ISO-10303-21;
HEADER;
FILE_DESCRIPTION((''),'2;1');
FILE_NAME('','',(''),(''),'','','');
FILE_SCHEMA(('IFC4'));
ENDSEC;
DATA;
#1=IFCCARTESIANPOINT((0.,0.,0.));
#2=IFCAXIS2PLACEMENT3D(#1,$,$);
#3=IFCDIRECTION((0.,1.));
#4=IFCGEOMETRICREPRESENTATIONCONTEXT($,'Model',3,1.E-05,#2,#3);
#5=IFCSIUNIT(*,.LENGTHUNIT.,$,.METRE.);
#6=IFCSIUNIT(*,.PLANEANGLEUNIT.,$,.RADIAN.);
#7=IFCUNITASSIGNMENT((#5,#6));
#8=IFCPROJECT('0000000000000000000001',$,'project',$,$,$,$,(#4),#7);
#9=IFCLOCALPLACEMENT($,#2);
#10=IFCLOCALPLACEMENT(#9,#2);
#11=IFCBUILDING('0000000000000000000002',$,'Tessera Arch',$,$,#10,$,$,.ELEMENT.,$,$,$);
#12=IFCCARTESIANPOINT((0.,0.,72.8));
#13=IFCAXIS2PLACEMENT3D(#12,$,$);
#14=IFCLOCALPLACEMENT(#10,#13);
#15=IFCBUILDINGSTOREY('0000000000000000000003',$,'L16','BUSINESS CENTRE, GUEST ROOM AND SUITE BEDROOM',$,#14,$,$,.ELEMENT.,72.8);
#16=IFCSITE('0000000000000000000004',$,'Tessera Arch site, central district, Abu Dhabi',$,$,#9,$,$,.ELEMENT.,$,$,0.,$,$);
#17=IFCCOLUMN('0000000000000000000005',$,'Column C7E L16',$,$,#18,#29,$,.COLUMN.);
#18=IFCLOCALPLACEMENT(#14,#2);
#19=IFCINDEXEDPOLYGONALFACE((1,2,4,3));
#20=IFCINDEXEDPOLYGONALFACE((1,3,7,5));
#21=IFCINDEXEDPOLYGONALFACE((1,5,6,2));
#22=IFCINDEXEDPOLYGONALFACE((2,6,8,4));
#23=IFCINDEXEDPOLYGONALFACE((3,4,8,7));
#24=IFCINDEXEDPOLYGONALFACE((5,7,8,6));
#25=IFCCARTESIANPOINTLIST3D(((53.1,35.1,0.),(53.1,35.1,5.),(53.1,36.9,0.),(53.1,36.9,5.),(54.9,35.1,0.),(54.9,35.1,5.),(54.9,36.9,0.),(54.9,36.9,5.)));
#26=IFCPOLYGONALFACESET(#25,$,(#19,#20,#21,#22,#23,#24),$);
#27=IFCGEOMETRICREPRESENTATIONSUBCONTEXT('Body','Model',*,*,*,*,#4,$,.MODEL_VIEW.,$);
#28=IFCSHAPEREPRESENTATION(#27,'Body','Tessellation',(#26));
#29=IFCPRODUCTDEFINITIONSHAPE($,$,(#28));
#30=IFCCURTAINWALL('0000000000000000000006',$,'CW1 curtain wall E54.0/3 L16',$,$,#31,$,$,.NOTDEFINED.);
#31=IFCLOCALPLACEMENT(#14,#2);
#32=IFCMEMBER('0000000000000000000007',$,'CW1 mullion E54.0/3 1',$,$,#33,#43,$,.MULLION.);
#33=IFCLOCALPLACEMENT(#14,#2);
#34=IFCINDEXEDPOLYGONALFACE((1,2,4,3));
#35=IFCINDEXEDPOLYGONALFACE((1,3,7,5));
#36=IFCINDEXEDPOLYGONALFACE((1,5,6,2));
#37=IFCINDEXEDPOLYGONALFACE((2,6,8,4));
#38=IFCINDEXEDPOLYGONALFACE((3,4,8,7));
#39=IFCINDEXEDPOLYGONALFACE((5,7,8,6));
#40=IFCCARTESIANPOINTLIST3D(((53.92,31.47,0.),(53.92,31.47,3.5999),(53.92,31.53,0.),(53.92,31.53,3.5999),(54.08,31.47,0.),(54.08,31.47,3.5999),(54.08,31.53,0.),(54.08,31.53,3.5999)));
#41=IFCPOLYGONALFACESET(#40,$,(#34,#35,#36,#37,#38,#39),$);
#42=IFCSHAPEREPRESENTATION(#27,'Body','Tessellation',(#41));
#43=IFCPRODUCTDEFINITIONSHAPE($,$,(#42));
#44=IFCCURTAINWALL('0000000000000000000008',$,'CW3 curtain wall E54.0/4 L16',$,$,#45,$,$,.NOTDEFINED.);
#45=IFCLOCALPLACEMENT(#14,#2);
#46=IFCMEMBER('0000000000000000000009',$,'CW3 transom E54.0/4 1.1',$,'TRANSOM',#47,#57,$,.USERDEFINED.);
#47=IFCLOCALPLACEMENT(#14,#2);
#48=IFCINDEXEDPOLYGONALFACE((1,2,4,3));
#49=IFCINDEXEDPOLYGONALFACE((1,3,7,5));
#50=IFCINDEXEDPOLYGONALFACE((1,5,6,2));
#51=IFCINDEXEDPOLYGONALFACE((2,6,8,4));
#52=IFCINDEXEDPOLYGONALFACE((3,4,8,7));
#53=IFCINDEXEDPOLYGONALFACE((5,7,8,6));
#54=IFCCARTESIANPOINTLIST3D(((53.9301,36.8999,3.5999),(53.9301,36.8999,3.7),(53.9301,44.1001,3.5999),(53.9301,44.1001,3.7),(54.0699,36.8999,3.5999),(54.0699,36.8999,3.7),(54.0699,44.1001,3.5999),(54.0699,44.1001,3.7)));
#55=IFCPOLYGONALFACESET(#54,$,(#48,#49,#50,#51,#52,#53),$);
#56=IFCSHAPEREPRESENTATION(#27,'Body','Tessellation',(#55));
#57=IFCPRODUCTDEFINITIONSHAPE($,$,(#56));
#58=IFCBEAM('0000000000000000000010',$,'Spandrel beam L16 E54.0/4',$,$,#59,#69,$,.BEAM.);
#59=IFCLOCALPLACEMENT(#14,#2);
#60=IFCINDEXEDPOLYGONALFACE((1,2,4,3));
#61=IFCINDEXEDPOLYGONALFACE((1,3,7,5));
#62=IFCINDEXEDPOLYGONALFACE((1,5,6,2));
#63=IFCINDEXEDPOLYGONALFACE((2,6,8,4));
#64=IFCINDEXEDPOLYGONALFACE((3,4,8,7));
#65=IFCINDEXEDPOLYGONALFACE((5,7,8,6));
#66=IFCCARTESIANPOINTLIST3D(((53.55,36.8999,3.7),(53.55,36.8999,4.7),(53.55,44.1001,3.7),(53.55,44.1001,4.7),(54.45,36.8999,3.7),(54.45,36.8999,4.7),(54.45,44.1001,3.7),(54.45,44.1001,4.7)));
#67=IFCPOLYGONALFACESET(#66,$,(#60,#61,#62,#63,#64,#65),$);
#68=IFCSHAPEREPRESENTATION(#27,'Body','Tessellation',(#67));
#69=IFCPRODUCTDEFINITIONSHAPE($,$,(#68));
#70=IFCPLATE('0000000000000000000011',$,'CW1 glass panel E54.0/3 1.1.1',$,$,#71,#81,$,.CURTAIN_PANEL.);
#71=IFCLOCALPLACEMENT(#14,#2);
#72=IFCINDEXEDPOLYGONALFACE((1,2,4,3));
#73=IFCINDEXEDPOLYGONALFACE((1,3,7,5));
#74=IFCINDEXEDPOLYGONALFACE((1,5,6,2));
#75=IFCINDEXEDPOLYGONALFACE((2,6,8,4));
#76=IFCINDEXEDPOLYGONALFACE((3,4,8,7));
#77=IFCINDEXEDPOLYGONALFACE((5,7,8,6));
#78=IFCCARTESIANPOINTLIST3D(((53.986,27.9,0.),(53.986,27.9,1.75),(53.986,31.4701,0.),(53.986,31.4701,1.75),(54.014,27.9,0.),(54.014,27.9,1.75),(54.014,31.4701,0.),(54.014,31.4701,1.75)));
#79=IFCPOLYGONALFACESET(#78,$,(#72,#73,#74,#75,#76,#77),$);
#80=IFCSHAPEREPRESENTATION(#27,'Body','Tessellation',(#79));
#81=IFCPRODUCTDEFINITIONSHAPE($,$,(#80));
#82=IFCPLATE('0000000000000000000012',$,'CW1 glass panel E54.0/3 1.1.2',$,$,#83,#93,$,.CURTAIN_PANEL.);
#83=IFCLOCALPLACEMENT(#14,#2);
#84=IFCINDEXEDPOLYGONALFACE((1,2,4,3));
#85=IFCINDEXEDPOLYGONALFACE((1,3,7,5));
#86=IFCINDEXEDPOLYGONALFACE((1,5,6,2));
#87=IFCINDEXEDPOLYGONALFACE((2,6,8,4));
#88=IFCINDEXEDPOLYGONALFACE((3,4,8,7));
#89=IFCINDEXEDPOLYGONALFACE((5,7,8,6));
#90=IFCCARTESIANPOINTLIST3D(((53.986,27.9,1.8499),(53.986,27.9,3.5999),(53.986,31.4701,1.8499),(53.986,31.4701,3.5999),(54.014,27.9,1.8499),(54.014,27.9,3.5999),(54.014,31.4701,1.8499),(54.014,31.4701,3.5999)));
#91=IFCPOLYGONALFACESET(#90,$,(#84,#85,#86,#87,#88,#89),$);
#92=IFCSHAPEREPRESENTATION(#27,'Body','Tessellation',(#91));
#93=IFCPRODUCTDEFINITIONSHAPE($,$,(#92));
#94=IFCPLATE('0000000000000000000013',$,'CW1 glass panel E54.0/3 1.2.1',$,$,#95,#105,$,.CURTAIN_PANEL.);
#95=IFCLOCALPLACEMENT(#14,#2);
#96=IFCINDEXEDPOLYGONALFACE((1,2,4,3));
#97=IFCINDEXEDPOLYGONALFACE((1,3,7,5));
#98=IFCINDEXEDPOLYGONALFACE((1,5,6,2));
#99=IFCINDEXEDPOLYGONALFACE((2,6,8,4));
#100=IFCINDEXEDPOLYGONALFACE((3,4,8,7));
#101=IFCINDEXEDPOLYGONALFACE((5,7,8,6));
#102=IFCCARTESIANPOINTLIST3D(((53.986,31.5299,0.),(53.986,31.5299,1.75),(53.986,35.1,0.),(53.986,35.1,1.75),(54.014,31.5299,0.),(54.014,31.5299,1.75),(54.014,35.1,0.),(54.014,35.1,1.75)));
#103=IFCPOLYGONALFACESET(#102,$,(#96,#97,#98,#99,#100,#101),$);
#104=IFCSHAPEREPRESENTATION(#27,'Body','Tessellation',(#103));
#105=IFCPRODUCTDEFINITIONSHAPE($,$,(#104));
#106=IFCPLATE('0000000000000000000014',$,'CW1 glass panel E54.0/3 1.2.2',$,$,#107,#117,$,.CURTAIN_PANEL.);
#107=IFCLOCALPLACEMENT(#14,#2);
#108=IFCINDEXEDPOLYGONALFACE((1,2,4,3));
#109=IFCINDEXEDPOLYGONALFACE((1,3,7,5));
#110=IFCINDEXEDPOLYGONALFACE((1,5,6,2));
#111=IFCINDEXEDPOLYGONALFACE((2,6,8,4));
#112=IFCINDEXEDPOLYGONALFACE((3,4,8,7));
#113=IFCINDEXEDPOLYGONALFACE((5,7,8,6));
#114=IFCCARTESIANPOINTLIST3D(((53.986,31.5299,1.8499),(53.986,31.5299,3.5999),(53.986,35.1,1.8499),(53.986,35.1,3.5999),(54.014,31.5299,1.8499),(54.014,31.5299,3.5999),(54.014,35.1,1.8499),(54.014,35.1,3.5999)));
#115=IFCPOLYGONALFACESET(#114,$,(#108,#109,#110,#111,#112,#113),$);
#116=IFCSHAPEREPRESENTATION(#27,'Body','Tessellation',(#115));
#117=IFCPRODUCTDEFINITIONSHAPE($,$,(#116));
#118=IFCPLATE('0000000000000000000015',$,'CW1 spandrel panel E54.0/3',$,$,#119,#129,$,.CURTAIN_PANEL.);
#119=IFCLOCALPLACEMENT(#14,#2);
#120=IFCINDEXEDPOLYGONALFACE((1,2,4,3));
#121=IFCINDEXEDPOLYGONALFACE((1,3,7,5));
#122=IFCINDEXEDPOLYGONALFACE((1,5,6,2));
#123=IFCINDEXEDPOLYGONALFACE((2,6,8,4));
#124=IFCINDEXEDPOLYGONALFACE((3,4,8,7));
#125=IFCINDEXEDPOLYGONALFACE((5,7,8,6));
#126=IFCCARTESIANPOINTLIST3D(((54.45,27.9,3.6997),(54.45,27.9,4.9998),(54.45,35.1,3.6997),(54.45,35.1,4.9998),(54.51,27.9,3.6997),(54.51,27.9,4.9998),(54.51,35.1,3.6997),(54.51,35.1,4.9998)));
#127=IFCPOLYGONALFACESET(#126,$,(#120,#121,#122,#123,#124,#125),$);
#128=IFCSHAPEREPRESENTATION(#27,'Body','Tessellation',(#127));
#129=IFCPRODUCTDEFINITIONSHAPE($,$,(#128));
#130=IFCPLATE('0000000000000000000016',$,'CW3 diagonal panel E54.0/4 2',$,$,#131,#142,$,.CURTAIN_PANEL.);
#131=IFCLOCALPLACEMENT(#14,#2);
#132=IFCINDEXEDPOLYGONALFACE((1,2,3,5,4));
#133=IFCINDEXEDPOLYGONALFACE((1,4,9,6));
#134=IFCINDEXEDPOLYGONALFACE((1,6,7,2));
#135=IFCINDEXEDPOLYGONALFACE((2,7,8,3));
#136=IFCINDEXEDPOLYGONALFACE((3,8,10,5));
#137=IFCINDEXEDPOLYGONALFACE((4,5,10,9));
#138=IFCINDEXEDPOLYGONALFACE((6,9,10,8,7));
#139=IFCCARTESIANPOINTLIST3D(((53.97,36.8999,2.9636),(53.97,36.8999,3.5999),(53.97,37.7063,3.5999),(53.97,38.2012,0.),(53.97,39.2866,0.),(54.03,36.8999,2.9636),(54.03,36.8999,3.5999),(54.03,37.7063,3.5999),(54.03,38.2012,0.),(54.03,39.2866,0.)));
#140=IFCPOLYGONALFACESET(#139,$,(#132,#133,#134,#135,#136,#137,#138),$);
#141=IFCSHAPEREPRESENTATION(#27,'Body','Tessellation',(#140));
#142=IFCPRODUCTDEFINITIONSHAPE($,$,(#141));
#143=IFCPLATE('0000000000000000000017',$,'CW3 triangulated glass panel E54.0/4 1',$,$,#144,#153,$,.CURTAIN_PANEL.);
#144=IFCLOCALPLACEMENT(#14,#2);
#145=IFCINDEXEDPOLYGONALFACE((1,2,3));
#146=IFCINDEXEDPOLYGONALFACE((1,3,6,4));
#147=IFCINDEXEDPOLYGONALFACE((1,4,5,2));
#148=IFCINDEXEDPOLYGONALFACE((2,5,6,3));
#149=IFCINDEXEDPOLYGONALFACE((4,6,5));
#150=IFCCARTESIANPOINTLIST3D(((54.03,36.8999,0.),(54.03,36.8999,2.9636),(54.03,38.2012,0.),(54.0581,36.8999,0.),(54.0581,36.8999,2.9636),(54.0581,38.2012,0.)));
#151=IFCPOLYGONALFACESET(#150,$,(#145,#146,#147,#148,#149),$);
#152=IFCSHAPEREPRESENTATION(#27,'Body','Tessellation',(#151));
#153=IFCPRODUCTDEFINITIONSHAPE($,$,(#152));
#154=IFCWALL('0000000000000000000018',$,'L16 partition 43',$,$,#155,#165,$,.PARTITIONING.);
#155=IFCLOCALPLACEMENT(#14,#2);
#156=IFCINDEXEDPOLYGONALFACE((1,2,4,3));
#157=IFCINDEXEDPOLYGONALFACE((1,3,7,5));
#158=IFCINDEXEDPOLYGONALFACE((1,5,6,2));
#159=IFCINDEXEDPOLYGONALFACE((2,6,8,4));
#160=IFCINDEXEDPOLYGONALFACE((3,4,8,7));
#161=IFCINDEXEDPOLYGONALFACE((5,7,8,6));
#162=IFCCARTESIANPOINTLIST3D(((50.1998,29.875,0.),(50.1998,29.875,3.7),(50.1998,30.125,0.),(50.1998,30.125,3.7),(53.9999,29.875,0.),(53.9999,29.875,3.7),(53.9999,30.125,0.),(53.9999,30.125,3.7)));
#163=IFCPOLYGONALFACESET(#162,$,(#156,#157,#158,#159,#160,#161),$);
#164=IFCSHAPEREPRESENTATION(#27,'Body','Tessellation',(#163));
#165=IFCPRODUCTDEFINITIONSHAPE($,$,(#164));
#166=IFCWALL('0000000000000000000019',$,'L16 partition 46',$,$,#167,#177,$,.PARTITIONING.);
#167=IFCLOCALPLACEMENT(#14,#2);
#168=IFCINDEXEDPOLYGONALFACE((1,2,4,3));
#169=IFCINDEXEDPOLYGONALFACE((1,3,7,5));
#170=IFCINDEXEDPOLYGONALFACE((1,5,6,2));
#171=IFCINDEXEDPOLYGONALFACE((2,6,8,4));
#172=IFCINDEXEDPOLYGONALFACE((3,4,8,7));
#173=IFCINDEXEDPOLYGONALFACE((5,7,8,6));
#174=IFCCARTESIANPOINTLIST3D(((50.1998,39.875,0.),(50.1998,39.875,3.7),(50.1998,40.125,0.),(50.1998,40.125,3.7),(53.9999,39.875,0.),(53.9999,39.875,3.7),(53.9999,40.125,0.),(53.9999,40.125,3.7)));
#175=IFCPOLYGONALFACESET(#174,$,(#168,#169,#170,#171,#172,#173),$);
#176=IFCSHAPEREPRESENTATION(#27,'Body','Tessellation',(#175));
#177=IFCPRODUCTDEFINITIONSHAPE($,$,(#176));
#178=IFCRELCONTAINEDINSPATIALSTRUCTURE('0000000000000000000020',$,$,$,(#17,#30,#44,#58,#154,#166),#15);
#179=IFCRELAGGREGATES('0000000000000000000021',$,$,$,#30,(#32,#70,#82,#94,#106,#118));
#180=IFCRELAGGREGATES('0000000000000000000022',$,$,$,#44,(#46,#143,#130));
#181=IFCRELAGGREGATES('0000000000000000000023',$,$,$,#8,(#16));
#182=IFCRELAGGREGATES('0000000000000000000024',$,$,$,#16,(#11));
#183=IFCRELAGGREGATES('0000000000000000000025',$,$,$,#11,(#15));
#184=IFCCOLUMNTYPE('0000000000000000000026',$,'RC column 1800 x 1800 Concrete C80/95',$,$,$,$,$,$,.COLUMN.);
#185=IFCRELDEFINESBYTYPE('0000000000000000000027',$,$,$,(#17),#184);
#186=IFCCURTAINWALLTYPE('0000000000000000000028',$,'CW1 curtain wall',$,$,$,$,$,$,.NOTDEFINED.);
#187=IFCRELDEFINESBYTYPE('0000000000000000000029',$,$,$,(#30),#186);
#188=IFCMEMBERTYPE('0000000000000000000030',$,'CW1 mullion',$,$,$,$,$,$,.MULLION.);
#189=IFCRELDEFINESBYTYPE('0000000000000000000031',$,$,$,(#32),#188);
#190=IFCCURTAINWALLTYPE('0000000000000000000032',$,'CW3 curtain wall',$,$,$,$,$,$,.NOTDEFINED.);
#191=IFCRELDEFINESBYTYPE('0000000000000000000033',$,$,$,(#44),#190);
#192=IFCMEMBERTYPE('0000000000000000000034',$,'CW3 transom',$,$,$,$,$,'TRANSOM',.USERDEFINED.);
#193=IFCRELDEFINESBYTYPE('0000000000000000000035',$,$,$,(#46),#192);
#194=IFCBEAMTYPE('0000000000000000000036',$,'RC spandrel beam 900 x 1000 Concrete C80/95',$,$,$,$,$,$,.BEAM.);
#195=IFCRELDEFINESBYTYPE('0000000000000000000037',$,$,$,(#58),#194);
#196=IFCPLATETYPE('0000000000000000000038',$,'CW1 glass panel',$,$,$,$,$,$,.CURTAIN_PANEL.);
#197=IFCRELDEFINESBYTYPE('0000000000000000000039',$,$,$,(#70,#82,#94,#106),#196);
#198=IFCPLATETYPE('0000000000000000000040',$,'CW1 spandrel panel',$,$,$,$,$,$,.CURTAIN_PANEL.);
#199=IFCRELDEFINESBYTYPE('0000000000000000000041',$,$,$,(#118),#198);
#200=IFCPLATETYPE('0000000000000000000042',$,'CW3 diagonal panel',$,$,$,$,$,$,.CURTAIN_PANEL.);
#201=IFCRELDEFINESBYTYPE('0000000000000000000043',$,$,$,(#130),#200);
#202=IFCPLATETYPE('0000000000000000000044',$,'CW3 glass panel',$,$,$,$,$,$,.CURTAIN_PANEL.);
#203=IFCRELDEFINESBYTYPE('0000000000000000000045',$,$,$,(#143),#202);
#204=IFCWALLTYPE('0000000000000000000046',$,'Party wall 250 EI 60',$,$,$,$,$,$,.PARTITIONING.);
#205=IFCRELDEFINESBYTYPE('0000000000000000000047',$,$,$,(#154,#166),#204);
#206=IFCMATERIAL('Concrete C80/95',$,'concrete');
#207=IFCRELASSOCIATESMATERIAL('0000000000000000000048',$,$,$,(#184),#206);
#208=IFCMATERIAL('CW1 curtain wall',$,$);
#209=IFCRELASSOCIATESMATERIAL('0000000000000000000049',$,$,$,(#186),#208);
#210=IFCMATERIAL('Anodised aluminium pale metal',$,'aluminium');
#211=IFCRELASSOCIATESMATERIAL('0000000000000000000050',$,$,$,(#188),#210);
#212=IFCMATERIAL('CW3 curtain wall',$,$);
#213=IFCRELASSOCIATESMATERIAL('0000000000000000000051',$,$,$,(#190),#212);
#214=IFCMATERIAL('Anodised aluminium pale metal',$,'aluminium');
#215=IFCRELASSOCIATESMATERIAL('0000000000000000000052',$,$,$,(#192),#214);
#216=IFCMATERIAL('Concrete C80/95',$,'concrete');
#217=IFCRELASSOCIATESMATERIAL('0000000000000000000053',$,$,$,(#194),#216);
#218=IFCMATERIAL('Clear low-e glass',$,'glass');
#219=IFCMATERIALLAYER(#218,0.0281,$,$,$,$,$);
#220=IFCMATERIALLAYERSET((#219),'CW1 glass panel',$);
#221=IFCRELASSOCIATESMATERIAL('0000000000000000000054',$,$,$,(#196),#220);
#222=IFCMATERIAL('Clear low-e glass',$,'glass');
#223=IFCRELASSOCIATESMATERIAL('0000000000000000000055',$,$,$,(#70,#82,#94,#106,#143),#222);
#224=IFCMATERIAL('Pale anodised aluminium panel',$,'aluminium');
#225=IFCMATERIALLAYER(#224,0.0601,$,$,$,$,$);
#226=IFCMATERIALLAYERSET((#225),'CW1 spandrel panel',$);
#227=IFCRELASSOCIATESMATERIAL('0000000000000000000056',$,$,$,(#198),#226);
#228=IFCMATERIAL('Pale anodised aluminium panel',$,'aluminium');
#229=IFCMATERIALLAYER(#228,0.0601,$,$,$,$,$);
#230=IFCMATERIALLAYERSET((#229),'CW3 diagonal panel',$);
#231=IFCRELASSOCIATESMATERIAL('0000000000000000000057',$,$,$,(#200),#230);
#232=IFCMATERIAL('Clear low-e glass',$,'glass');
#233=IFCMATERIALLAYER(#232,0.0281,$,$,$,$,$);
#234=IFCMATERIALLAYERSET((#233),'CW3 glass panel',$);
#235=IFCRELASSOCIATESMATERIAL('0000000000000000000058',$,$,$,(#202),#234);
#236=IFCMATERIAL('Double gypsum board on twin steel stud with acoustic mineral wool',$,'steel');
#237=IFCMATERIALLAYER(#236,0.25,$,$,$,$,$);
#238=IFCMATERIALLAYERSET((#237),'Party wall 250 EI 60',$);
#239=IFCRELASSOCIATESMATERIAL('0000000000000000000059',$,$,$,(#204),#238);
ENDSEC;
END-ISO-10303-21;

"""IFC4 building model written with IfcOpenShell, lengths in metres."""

from ifc_helpers import new_model, si_unit, direction, frame, frame_2d, origin, origin_2d, place, context, subcontext, project, spatial, polyline, rectangle, outline, extrude, material, layer, layer_set, material_profile, profile_set, type_object, element, aggregate, save


model = new_model("IFC4")

# Units and contexts
model_context = context("Model", 3, precision=1e-05, world=origin(), true_north=direction((0.0, 1.0)))
body_context = subcontext(model_context, "Body", "Model", "MODEL_VIEW")
ifc_project = project(units=[si_unit("LENGTHUNIT", "METRE"), si_unit("PLANEANGLEUNIT", "RADIAN")], contexts=[model_context])

# Site, building, storey
site_placement = place(None, origin())
site = spatial("IfcSite", under=ifc_project, at=site_placement, Name="Tessera Arch site, central district, Abu Dhabi", CompositionType="ELEMENT", RefElevation=0.0)
building_placement = place(site_placement, origin())
building = spatial("IfcBuilding", under=site, at=building_placement, Name="Tessera Arch", CompositionType="ELEMENT")
storey_placement = place(building_placement, frame((0.0, 0.0, 72.8)))
storey = spatial("IfcBuildingStorey", under=building, at=storey_placement, Name="L16", Description="BUSINESS CENTRE, GUEST ROOM AND SUITE BEDROOM", CompositionType="ELEMENT", Elevation=72.8)

# Column
ifc_material_1 = material(Name="Concrete C80/95", Category="concrete")
ifc_material_profile_1 = material_profile(ifc_material_1, rectangle(XDim=1.8, YDim=1.8, at=origin_2d()), Name="RC column 1800 x 1800 Concrete C80/95")
ifc_profile_set_1 = profile_set([ifc_material_profile_1], Name="Concrete C80/95")
column_type = type_object("IfcColumnType", Name="RC column 1800 x 1800 Concrete C80/95", PredefinedType="COLUMN", material=ifc_profile_set_1)
column_placement = place(storey_placement, frame((54.0, 36.0, 0.0), z_axis=(0.0, 0.0, 1.0), x_axis=(1.0, 0.0, 0.0)))
element("IfcColumn", 1, at=column_placement, inside=storey, type_object=column_type, Name="Column C7E L16", PredefinedType="COLUMN", context=body_context, shape_type="SweptSolid", body=[
    extrude(rectangle(XDim=1.8, YDim=1.8, at=origin_2d()), origin(), (0.0, 0.0, 1.0), 5.0),
])

# Curtain walls, members
ifc_material_2 = material(Name="CW1 curtain wall")
curtain_wall_type_1 = type_object("IfcCurtainWallType", Name="CW1 curtain wall", PredefinedType="NOTDEFINED", material=ifc_material_2)
curtain_wall_1_placement = place(storey_placement, origin())
curtain_wall_1 = element("IfcCurtainWall", 2, at=curtain_wall_1_placement, inside=storey, type_object=curtain_wall_type_1, Name="CW1 curtain wall E54.0/3 L16", PredefinedType="NOTDEFINED")
ifc_material_3 = material(Name="Anodised aluminium pale metal", Category="aluminium")
ifc_material_profile_2 = material_profile(ifc_material_3, rectangle(XDim=0.1599, YDim=0.0601, at=origin_2d()), Name="AL 60x160")
ifc_profile_set_2 = profile_set([ifc_material_profile_2], Name="Anodised aluminium pale metal")
member_type_1 = type_object("IfcMemberType", Name="CW1 mullion", PredefinedType="MULLION", material=ifc_profile_set_2)
member_1_placement = place(storey_placement, frame((54.0, 31.5, 0.0), z_axis=(0.0, 0.0, 1.0), x_axis=(-1.0, 0.0, 0.0)))
member_1 = element("IfcMember", 3, at=member_1_placement, type_object=member_type_1, Name="CW1 mullion E54.0/3 1", PredefinedType="MULLION", context=body_context, shape_type="SweptSolid", body=[
    extrude(rectangle(XDim=0.1599, YDim=0.0601, at=origin_2d()), origin(), (0.0, 0.0, 1.0), 3.5999),
])
ifc_material_4 = material(Name="CW3 curtain wall")
curtain_wall_type_2 = type_object("IfcCurtainWallType", Name="CW3 curtain wall", PredefinedType="NOTDEFINED", material=ifc_material_4)
curtain_wall_2_placement = place(storey_placement, origin())
curtain_wall_2 = element("IfcCurtainWall", 4, at=curtain_wall_2_placement, inside=storey, type_object=curtain_wall_type_2, Name="CW3 curtain wall E54.0/4 L16", PredefinedType="NOTDEFINED")
ifc_material_5 = material(Name="Anodised aluminium pale metal", Category="aluminium")
ifc_material_profile_3 = material_profile(ifc_material_5, rectangle(XDim=0.1399, YDim=0.1001, at=origin_2d()), Name="AL 140x100")
ifc_profile_set_3 = profile_set([ifc_material_profile_3], Name="Anodised aluminium pale metal")
member_type_2 = type_object("IfcMemberType", Name="CW3 transom", ElementType="TRANSOM", PredefinedType="USERDEFINED", material=ifc_profile_set_3)
member_2_placement = place(storey_placement, frame((54.0, 36.8999, 3.6499), z_axis=(0.0, 1.0, 0.0), x_axis=(-1.0, 0.0, 0.0)))
member_2 = element("IfcMember", 5, at=member_2_placement, type_object=member_type_2, Name="CW3 transom E54.0/4 1.1", ObjectType="TRANSOM", PredefinedType="USERDEFINED", context=body_context, shape_type="SweptSolid", body=[
    extrude(rectangle(XDim=0.1399, YDim=0.1001, at=origin_2d()), origin(), (0.0, 0.0, 1.0), 7.2002),
])

# Beam
ifc_material_6 = material(Name="Concrete C80/95", Category="concrete")
ifc_material_profile_4 = material_profile(ifc_material_6, rectangle(XDim=0.8999, YDim=1.0, at=origin_2d()), Name="RC spandrel beam 900 x 1000 Concrete C80/95")
ifc_profile_set_4 = profile_set([ifc_material_profile_4], Name="Concrete C80/95")
beam_type = type_object("IfcBeamType", Name="RC spandrel beam 900 x 1000 Concrete C80/95", PredefinedType="BEAM", material=ifc_profile_set_4)
beam_placement = place(storey_placement, frame((54.0, 36.8999, 4.2), z_axis=(0.0, 1.0, 0.0), x_axis=(-1.0, 0.0, 0.0)))
element("IfcBeam", 6, at=beam_placement, inside=storey, type_object=beam_type, Name="Spandrel beam L16 E54.0/4", PredefinedType="BEAM", context=body_context, shape_type="SweptSolid", body=[
    extrude(rectangle(XDim=0.8999, YDim=1.0, at=origin_2d()), origin(), (0.0, 0.0, 1.0), 7.2002),
])

# Plates
ifc_material_7 = material(Name="Clear low-e glass", Category="glass")
ifc_material_8 = material(Name="Clear low-e glass", Category="glass")
ifc_layer_1 = layer(ifc_material_8, 0.0281)
ifc_layer_set_1 = layer_set([ifc_layer_1], Name="CW1 glass panel")
plate_type_1 = type_object("IfcPlateType", Name="CW1 glass panel", PredefinedType="CURTAIN_PANEL", material=ifc_layer_set_1)
plate_1_placement = place(storey_placement, frame((54.0, 29.6851, 0.0), z_axis=(0.0, 0.0, 1.0), x_axis=(0.0, 1.0, 0.0)))
plate_1 = element("IfcPlate", 7, at=plate_1_placement, type_object=plate_type_1, material=ifc_material_7, Name="CW1 glass panel E54.0/3 1.1.1", PredefinedType="CURTAIN_PANEL", context=body_context, shape_type="SweptSolid", body=[
    extrude(rectangle(XDim=3.5701, YDim=0.0281, at=origin_2d()), origin(), (0.0, 0.0, 1.0), 1.75),
])
plate_2_placement = place(storey_placement, frame((54.0, 29.6851, 1.8499), z_axis=(0.0, 0.0, 1.0), x_axis=(0.0, 1.0, 0.0)))
plate_2 = element("IfcPlate", 8, at=plate_2_placement, type_object=plate_type_1, material=ifc_material_7, Name="CW1 glass panel E54.0/3 1.1.2", PredefinedType="CURTAIN_PANEL", context=body_context, shape_type="SweptSolid", body=[
    extrude(rectangle(XDim=3.5701, YDim=0.0281, at=origin_2d()), origin(), (0.0, 0.0, 1.0), 1.75),
])
plate_3_placement = place(storey_placement, frame((54.0, 33.3149, 0.0), z_axis=(0.0, 0.0, 1.0), x_axis=(0.0, 1.0, 0.0)))
plate_3 = element("IfcPlate", 9, at=plate_3_placement, type_object=plate_type_1, material=ifc_material_7, Name="CW1 glass panel E54.0/3 1.2.1", PredefinedType="CURTAIN_PANEL", context=body_context, shape_type="SweptSolid", body=[
    extrude(rectangle(XDim=3.5701, YDim=0.0281, at=origin_2d()), origin(), (0.0, 0.0, 1.0), 1.75),
])
plate_4_placement = place(storey_placement, frame((54.0, 33.3149, 1.8499), z_axis=(0.0, 0.0, 1.0), x_axis=(0.0, 1.0, 0.0)))
plate_4 = element("IfcPlate", 10, at=plate_4_placement, type_object=plate_type_1, material=ifc_material_7, Name="CW1 glass panel E54.0/3 1.2.2", PredefinedType="CURTAIN_PANEL", context=body_context, shape_type="SweptSolid", body=[
    extrude(rectangle(XDim=3.5701, YDim=0.0281, at=origin_2d()), origin(), (0.0, 0.0, 1.0), 1.75),
])
ifc_material_9 = material(Name="Pale anodised aluminium panel", Category="aluminium")
ifc_layer_2 = layer(ifc_material_9, 0.0601)
ifc_layer_set_2 = layer_set([ifc_layer_2], Name="CW1 spandrel panel")
plate_type_2 = type_object("IfcPlateType", Name="CW1 spandrel panel", PredefinedType="CURTAIN_PANEL", material=ifc_layer_set_2)
plate_5_placement = place(storey_placement, frame((54.48, 31.5, 3.6997), z_axis=(0.0, 0.0, 1.0), x_axis=(0.0, 1.0, 0.0)))
plate_5 = element("IfcPlate", 11, at=plate_5_placement, type_object=plate_type_2, Name="CW1 spandrel panel E54.0/3", PredefinedType="CURTAIN_PANEL", context=body_context, shape_type="SweptSolid", body=[
    extrude(rectangle(XDim=7.2, YDim=0.0601, at=origin_2d()), origin(), (0.0, 0.0, 1.0), 1.3),
])
aggregate(curtain_wall_1, [member_1, plate_1, plate_2, plate_3, plate_4, plate_5])
ifc_material_10 = material(Name="Pale anodised aluminium panel", Category="aluminium")
ifc_layer_3 = layer(ifc_material_10, 0.0601)
ifc_layer_set_3 = layer_set([ifc_layer_3], Name="CW3 diagonal panel")
plate_type_3 = type_object("IfcPlateType", Name="CW3 diagonal panel", PredefinedType="CURTAIN_PANEL", material=ifc_layer_set_3)
plate_6_placement = place(storey_placement, frame((54.03, 36.8999, 3.5999), z_axis=(1.0, 0.0, 0.0), x_axis=(0.0, 0.0, -1.0)))
plate_6 = element("IfcPlate", 12, at=plate_6_placement, type_object=plate_type_3, Name="CW3 diagonal panel E54.0/4 2", PredefinedType="CURTAIN_PANEL", context=body_context, shape_type="SweptSolid", body=[
    extrude(outline(polyline([(0.0, 0.0), (0.6362, 0.0), (3.5999, 1.3013), (3.5999, 2.3867), (0.0, 0.8064), (0.0, 0.0)])), origin(), (0.0, 0.0, -1.0), 0.0601),
])
ifc_material_11 = material(Name="Clear low-e glass", Category="glass")
ifc_layer_4 = layer(ifc_material_11, 0.0281)
ifc_layer_set_4 = layer_set([ifc_layer_4], Name="CW3 glass panel")
plate_type_4 = type_object("IfcPlateType", Name="CW3 glass panel", PredefinedType="CURTAIN_PANEL", material=ifc_layer_set_4)
plate_7_placement = place(storey_placement, frame((54.0581, 36.8999, 0.0), z_axis=(1.0, 0.0, 0.0), x_axis=(0.0, 1.0, 0.0)))
plate_7 = element("IfcPlate", 13, at=plate_7_placement, type_object=plate_type_4, material=ifc_material_7, Name="CW3 triangulated glass panel E54.0/4 1", PredefinedType="CURTAIN_PANEL", context=body_context, shape_type="SweptSolid", body=[
    extrude(outline(polyline([(0.0, 0.0), (1.3013, 0.0), (0.0, 2.9636), (0.0, 0.0)])), origin(), (0.0, 0.0, -1.0), 0.0281),
])
aggregate(curtain_wall_2, [member_2, plate_7, plate_6])

# Walls
ifc_material_12 = material(Name="Double gypsum board on twin steel stud with acoustic mineral wool", Category="steel")
ifc_layer_5 = layer(ifc_material_12, 0.25)
ifc_layer_set_5 = layer_set([ifc_layer_5], Name="Party wall 250 EI 60")
wall_type_1 = type_object("IfcWallType", Name="Party wall 250 EI 60", PredefinedType="PARTITIONING", material=ifc_layer_set_5)
for number, where, z_axis, x_axis, name in (
    (14, (50.2, 30.0, 0.0), (0.0, 0.0, 1.0), (1.0, 0.0, 0.0), "L16 partition 43"),
    (15, (50.2, 40.0, 0.0), (0.0, 0.0, 1.0), (1.0, 0.0, 0.0), "L16 partition 46"),
):
    element("IfcWall", number, at=place(storey_placement, frame(where, z_axis=z_axis, x_axis=x_axis)), inside=storey, type_object=wall_type_1, Name=name, PredefinedType="PARTITIONING", context=body_context, shape_type="SweptSolid", body=[
        extrude(rectangle(XDim=3.8, YDim=0.25, at=frame_2d((1.8999, 0.0))), origin(), (0.0, 0.0, 1.0), 3.7),
    ])

save(model, "model.ifc")
